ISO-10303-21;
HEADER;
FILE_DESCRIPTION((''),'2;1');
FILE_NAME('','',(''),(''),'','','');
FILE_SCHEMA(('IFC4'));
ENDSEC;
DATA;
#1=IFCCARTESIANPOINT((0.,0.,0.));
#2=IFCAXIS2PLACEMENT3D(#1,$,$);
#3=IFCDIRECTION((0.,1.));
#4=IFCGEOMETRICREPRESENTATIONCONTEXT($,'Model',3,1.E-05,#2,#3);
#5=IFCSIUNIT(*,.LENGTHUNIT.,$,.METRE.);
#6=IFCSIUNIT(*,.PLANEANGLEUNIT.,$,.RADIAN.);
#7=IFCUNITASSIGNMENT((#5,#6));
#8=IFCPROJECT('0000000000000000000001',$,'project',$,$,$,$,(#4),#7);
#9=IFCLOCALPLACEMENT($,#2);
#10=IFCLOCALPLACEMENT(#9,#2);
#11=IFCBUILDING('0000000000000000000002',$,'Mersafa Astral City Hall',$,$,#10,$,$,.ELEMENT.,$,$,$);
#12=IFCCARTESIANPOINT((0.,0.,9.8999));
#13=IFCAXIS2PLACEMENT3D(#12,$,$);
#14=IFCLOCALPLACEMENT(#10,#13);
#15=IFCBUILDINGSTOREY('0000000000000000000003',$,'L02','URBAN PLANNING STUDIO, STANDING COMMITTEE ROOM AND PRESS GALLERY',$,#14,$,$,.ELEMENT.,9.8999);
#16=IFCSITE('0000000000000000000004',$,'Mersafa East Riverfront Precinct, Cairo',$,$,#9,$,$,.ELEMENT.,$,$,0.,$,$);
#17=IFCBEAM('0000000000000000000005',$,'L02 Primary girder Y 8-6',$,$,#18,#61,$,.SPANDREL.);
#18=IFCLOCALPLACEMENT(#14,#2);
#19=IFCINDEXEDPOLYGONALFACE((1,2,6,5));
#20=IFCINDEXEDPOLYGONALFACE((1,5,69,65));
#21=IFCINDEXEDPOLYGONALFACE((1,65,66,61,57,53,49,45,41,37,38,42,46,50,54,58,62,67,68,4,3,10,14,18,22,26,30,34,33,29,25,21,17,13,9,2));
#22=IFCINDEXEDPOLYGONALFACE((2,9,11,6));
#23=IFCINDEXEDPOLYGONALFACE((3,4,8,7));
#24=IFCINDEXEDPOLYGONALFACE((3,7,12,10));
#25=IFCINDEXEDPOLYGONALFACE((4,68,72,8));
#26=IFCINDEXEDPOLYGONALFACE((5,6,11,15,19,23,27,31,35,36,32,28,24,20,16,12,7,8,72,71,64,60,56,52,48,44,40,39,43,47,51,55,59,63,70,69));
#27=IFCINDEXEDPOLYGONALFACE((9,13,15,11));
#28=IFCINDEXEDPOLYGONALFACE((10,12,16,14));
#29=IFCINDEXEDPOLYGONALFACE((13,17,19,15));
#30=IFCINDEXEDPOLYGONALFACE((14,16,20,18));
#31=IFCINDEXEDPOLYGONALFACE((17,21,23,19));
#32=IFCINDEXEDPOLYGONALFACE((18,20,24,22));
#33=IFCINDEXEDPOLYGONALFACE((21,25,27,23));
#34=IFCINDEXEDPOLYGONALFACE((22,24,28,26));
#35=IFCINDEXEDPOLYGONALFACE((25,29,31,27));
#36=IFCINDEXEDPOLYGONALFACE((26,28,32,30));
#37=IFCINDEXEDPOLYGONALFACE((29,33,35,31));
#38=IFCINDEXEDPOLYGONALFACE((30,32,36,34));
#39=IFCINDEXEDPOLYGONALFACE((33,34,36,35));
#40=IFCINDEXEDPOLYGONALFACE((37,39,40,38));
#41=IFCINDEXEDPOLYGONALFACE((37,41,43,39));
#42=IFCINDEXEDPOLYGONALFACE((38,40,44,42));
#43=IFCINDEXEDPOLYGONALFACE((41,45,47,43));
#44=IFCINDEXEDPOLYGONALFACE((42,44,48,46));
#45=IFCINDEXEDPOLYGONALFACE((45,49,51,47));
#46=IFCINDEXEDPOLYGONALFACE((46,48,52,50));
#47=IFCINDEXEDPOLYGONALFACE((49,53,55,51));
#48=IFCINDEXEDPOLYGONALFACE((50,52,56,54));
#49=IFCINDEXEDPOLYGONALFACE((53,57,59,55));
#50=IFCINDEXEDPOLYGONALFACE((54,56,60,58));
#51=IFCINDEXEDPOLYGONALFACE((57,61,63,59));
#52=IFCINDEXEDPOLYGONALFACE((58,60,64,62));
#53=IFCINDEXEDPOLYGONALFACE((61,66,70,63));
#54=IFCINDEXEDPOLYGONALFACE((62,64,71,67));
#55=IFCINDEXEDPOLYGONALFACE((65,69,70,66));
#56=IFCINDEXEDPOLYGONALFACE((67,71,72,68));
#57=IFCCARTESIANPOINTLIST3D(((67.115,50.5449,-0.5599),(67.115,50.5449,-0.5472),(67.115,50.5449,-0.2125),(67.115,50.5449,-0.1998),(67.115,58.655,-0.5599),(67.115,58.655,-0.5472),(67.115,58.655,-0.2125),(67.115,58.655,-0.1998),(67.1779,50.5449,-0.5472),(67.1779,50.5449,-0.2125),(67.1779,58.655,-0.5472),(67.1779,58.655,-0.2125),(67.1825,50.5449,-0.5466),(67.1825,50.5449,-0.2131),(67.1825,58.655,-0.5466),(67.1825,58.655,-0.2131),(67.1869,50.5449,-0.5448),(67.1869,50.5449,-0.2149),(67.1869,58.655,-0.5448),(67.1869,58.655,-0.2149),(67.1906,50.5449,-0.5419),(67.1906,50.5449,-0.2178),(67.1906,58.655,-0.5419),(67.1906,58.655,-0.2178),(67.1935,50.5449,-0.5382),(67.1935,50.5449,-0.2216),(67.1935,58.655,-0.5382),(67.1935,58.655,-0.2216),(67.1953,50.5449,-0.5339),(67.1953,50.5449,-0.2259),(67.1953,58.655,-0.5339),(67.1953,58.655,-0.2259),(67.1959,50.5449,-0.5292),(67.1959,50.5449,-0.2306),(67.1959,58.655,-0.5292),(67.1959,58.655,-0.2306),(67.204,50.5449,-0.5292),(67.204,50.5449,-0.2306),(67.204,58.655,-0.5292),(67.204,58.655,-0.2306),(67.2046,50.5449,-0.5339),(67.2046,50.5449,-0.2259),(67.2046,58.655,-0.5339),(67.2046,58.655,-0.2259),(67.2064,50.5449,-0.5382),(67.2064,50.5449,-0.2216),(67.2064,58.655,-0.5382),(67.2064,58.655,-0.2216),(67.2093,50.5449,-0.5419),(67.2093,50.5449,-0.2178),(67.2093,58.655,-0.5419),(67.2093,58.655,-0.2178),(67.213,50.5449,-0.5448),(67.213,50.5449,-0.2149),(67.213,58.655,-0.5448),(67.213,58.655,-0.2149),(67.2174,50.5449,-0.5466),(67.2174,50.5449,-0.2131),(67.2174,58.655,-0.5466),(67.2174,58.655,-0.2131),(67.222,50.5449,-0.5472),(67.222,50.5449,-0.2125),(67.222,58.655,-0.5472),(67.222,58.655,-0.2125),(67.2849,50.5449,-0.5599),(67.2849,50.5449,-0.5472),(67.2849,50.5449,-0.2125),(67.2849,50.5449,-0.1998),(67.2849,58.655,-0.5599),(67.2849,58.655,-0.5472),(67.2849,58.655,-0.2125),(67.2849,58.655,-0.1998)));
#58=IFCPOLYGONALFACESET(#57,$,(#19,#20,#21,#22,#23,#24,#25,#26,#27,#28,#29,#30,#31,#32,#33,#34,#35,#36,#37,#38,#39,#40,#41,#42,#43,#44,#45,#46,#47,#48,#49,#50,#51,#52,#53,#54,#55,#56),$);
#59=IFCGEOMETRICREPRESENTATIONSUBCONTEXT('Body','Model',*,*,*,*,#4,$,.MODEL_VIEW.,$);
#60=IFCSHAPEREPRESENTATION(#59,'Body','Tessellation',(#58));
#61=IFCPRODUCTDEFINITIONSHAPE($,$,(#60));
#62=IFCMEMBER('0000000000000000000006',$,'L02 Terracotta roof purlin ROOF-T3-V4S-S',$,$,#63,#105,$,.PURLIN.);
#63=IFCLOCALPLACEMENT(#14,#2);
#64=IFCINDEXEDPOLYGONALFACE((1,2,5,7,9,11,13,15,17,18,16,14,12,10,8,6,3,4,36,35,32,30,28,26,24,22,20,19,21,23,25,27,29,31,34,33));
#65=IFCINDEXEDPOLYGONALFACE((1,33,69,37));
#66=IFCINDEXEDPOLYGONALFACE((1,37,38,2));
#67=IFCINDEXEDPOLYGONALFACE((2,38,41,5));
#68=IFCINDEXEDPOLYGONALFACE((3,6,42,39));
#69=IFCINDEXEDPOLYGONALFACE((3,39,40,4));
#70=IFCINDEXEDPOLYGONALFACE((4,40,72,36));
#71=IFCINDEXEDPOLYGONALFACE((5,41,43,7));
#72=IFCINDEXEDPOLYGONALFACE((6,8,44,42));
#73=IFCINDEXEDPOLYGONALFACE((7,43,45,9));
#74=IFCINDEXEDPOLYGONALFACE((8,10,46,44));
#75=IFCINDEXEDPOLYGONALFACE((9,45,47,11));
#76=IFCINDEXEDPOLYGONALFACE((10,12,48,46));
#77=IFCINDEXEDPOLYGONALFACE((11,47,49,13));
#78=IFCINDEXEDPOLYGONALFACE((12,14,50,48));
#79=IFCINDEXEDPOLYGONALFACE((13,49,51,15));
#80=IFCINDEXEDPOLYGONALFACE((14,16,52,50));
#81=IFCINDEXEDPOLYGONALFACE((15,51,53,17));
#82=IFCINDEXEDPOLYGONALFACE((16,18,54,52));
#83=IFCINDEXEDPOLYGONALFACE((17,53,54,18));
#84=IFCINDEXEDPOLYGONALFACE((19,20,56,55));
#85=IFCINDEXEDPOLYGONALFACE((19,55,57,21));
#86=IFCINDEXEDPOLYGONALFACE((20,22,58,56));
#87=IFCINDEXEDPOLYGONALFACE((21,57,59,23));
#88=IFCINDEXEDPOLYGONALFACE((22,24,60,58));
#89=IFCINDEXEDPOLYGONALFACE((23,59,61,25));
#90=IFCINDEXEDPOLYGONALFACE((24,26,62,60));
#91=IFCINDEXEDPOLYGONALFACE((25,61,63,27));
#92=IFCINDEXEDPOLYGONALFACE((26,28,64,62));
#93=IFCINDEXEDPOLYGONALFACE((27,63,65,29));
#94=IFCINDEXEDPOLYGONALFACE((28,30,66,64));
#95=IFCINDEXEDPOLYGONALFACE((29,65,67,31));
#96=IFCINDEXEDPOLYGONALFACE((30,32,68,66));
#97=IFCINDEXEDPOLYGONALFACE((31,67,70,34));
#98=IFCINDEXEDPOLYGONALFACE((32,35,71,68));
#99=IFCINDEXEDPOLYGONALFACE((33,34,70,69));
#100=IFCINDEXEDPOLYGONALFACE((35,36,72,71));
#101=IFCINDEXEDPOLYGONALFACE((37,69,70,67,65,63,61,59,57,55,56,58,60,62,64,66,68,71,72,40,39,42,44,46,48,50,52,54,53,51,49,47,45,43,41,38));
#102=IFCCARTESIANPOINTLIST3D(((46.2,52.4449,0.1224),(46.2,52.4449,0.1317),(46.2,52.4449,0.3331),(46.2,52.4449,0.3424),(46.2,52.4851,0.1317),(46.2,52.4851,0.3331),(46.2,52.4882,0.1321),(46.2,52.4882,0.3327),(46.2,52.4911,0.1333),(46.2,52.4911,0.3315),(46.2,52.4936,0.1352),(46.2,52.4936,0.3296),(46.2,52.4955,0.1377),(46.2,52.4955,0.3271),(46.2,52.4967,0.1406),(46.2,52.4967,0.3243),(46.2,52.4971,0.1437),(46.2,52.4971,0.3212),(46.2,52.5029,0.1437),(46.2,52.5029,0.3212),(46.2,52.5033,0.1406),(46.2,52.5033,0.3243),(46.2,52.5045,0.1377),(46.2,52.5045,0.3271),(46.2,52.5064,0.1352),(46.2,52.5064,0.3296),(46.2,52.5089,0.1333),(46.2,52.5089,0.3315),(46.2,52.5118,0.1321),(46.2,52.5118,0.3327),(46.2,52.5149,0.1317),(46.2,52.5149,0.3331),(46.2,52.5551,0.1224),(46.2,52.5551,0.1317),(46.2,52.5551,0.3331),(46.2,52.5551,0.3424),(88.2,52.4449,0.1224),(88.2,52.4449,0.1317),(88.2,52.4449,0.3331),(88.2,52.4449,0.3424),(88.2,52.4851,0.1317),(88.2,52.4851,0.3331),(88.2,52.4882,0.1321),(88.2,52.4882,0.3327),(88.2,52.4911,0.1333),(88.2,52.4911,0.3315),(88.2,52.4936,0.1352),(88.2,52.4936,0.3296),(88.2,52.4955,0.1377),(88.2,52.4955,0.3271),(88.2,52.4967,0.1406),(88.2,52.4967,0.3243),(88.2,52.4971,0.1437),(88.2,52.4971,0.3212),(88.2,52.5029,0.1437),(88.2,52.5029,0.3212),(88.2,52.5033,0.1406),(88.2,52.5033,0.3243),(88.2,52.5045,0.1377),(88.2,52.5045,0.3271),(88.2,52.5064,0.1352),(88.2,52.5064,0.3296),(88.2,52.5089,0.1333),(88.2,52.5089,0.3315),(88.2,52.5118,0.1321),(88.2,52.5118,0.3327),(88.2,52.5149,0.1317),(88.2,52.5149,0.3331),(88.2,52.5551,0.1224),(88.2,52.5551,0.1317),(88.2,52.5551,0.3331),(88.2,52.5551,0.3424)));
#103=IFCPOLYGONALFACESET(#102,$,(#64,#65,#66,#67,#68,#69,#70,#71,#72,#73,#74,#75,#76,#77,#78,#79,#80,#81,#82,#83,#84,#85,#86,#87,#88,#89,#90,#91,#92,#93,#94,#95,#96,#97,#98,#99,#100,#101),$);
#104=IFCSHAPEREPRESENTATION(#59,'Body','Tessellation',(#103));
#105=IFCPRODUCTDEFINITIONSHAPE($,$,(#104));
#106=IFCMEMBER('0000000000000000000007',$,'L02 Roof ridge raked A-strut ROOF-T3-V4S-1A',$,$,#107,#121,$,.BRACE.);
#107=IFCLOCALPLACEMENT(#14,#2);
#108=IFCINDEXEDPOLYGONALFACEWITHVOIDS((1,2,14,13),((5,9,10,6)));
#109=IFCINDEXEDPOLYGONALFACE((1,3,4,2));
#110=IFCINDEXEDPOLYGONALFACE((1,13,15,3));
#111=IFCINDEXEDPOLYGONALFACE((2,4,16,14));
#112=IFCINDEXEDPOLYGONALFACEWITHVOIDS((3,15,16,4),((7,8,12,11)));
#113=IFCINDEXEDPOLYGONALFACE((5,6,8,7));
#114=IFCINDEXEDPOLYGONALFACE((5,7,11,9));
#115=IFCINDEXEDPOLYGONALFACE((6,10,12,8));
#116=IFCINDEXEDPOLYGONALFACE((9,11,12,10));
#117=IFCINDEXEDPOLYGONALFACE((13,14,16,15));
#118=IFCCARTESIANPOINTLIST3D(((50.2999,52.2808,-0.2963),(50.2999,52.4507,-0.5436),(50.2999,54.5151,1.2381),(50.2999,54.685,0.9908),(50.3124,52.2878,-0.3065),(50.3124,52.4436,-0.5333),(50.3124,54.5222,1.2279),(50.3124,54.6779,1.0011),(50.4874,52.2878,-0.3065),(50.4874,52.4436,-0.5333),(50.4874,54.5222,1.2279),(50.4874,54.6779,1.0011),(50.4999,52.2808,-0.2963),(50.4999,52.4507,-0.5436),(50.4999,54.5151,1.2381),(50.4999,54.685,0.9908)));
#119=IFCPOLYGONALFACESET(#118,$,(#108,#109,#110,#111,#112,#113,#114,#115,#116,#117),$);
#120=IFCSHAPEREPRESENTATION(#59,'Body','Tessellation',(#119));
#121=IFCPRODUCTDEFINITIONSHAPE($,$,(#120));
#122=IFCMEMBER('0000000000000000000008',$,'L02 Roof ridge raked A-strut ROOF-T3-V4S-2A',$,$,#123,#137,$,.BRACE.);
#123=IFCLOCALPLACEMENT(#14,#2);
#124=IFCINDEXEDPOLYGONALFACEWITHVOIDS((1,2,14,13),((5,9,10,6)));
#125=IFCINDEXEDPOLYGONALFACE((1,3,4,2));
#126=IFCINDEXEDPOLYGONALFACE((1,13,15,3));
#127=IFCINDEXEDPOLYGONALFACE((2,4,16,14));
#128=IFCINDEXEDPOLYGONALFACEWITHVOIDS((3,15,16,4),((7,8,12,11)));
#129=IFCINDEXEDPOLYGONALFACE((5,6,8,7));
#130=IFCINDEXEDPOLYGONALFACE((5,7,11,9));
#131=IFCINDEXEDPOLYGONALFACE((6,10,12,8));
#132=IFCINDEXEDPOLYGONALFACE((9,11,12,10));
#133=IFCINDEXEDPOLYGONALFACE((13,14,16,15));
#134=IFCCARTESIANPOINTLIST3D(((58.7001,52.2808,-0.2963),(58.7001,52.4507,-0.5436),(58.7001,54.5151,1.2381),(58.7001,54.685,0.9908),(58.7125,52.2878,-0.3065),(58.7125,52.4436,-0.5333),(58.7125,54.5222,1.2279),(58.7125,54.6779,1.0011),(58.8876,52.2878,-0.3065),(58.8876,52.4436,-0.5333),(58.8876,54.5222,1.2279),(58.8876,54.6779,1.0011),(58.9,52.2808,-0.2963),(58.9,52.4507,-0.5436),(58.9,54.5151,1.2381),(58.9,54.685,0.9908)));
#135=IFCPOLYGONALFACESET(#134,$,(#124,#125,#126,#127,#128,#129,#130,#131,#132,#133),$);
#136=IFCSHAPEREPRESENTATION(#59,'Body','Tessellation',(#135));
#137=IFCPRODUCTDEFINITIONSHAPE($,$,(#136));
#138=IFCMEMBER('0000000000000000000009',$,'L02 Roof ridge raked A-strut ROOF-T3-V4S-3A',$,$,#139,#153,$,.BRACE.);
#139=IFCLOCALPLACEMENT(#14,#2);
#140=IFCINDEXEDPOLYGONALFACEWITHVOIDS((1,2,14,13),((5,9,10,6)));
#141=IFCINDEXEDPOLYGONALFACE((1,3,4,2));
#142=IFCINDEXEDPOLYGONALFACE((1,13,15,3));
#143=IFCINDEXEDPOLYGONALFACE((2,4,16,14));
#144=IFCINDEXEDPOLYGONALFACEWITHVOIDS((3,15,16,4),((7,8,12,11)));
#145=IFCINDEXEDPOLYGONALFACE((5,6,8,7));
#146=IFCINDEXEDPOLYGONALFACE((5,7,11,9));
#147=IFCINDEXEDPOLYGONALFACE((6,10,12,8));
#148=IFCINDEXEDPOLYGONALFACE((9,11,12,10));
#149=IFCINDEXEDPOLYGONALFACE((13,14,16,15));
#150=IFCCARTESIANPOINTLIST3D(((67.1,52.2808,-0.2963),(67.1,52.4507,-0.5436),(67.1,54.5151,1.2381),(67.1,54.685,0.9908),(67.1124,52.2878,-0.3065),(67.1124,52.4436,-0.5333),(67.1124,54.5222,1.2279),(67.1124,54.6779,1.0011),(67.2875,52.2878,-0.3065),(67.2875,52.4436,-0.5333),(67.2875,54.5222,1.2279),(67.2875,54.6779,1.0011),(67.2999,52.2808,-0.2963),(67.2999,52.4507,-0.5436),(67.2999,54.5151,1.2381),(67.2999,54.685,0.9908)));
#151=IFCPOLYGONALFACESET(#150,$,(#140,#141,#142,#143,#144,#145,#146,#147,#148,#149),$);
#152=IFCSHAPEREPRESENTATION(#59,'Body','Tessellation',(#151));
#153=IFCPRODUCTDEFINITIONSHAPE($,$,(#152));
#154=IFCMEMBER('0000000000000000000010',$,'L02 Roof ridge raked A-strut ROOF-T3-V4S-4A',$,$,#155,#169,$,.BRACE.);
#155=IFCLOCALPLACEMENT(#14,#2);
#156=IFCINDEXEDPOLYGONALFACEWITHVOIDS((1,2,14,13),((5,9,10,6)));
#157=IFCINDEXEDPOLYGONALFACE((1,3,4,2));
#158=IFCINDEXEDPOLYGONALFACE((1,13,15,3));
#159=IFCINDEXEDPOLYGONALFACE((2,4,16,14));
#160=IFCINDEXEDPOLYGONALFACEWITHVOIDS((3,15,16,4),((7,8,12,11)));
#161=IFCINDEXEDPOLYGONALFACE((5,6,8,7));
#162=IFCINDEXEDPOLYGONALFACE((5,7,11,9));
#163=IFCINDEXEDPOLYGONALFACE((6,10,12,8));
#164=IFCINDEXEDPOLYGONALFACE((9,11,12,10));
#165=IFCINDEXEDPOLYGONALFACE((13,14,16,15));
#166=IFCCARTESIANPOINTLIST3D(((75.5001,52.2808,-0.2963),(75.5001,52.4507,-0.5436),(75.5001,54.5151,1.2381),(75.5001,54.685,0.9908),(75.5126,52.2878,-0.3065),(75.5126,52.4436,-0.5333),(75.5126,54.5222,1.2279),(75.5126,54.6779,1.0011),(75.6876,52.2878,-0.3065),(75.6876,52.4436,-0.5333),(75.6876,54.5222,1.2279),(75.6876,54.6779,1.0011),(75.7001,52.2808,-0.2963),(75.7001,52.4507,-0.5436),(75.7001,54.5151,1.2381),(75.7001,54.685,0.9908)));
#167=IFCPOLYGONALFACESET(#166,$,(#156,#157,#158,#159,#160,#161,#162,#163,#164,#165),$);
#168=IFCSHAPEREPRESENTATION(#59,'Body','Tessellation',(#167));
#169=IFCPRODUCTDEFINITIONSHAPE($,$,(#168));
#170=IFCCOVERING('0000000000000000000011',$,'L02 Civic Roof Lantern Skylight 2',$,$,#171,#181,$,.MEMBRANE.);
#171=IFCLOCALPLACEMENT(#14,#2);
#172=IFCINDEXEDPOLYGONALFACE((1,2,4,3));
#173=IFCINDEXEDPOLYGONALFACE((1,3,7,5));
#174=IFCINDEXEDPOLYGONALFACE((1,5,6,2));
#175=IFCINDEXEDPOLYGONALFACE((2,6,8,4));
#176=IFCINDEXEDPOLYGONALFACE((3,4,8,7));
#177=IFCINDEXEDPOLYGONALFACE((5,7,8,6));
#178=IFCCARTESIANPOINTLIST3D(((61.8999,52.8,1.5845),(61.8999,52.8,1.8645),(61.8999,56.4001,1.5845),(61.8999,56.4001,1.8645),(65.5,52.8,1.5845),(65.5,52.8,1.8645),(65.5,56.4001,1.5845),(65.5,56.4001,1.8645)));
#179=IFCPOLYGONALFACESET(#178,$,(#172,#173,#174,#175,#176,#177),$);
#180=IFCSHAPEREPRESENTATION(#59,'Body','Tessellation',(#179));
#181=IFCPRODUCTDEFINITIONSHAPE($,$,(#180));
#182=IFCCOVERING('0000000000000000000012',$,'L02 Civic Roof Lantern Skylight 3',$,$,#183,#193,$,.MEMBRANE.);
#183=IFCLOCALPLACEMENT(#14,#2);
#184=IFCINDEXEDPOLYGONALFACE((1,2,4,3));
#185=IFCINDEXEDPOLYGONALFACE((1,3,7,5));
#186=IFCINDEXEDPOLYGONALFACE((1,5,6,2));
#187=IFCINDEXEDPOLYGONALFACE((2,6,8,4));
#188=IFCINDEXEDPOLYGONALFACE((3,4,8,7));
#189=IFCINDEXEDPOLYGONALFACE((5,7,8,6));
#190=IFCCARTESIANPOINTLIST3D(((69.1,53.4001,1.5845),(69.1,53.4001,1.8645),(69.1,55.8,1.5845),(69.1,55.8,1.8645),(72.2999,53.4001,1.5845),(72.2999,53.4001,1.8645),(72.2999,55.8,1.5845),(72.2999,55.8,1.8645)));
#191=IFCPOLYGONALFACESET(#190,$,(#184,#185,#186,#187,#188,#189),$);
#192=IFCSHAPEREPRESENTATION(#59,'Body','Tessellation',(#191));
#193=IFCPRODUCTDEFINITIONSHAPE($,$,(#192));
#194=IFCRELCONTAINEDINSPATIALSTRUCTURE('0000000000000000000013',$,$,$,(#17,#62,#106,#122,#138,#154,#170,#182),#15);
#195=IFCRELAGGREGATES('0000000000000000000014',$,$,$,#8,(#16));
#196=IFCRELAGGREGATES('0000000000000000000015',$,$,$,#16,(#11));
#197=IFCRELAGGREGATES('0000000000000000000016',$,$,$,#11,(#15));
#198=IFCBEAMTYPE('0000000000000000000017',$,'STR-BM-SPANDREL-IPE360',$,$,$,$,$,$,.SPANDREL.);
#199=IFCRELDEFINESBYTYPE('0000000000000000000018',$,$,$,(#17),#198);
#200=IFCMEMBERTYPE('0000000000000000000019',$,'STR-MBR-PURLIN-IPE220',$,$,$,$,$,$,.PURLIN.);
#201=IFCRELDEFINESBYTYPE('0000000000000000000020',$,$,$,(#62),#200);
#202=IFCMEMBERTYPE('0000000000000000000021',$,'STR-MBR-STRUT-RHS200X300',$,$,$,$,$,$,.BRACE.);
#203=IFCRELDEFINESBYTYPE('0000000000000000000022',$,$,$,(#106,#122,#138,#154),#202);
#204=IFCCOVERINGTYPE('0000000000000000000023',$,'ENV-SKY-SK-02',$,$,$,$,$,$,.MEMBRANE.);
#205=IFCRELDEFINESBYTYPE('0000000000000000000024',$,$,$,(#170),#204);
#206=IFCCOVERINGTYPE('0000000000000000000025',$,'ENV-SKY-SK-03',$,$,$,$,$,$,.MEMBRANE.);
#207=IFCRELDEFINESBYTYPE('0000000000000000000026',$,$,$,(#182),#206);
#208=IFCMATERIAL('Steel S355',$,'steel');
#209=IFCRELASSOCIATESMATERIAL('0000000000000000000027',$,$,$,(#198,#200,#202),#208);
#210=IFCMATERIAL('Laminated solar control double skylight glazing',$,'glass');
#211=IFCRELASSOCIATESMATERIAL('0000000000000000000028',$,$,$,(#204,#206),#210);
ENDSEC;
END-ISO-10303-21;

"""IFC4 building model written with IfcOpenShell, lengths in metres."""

from ifc_helpers import new_model, si_unit, direction, frame, origin, origin_2d, place, context, subcontext, project, spatial, rectangle, hollow_rectangle, i_section, extrude, material, material_profile, profile_set, type_object, element, save


model = new_model("IFC4")

# Units and contexts
model_context = context("Model", 3, precision=1e-05, world=origin(), true_north=direction((0.0, 1.0)))
body_context = subcontext(model_context, "Body", "Model", "MODEL_VIEW")
ifc_project = project(units=[si_unit("LENGTHUNIT", "METRE"), si_unit("PLANEANGLEUNIT", "RADIAN")], contexts=[model_context])

# Site, building, storey
site_placement = place(None, origin())
site = spatial("IfcSite", under=ifc_project, at=site_placement, Name="Mersafa East Riverfront Precinct, Cairo", CompositionType="ELEMENT", RefElevation=0.0)
building_placement = place(site_placement, origin())
building = spatial("IfcBuilding", under=site, at=building_placement, Name="Mersafa Astral City Hall", CompositionType="ELEMENT")
storey_placement = place(building_placement, frame((0.0, 0.0, 9.8999)))
storey = spatial("IfcBuildingStorey", under=building, at=storey_placement, Name="L02", Description="URBAN PLANNING STUDIO, STANDING COMMITTEE ROOM AND PRESS GALLERY", CompositionType="ELEMENT", Elevation=9.8999)

# Beam
ifc_material_1 = material(Name="Steel S355", Category="steel")
ifc_material_profile_1 = material_profile(ifc_material_1, i_section(OverallWidth=0.1699, OverallDepth=0.3601, WebThickness=0.0081, FlangeThickness=0.0127, FilletRadius=0.0181, at=origin_2d()), Name="IPE 360")
ifc_profile_set_1 = profile_set([ifc_material_profile_1], Name="Steel S355")
beam_type_1 = type_object("IfcBeamType", Name="STR-BM-SPANDREL-IPE360", PredefinedType="SPANDREL", material=ifc_profile_set_1)
for number, where, z_axis, x_axis, name in (
    (1, (67.2, 50.5449, -0.3799), (0.0, 1.0, 0.0), (-1.0, 0.0, 0.0), "L02 Primary girder Y 8-6"),
):
    element("IfcBeam", number, at=place(storey_placement, frame(where, z_axis=z_axis, x_axis=x_axis)), inside=storey, type_object=beam_type_1, Name=name, PredefinedType="SPANDREL", context=body_context, shape_type="SweptSolid", body=[
        extrude(i_section(OverallWidth=0.1699, OverallDepth=0.3601, WebThickness=0.0081, FlangeThickness=0.0127, FilletRadius=0.0181, at=origin_2d()), origin(), (0.0, 0.0, 1.0), 8.1101),
    ])

# Members
ifc_material_profile_2 = material_profile(ifc_material_1, i_section(OverallWidth=0.1101, OverallDepth=0.22, WebThickness=0.0059, FlangeThickness=0.0093, FilletRadius=0.012, at=origin_2d()), Name="IPE 220")
ifc_profile_set_2 = profile_set([ifc_material_profile_2], Name="Steel S355")
member_type_1 = type_object("IfcMemberType", Name="STR-MBR-PURLIN-IPE220", PredefinedType="PURLIN", material=ifc_profile_set_2)
member_placement = place(storey_placement, frame((46.2, 52.5, 0.2324), z_axis=(1.0, 0.0, 0.0), x_axis=(0.0, 1.0, 0.0)))
element("IfcMember", 2, at=member_placement, inside=storey, type_object=member_type_1, Name="L02 Terracotta roof purlin ROOF-T3-V4S-S", PredefinedType="PURLIN", context=body_context, shape_type="SweptSolid", body=[
    extrude(i_section(OverallWidth=0.1101, OverallDepth=0.22, WebThickness=0.0059, FlangeThickness=0.0093, FilletRadius=0.012, at=origin_2d()), origin(), (0.0, 0.0, 1.0), 42.0),
])
ifc_material_profile_3 = material_profile(ifc_material_1, hollow_rectangle(XDim=0.2, YDim=0.3, WallThickness=0.0125, at=origin_2d()), Name="RHS 200x300x12.5")
ifc_profile_set_3 = profile_set([ifc_material_profile_3], Name="Steel S355")
member_type_2 = type_object("IfcMemberType", Name="STR-MBR-STRUT-RHS200X300", PredefinedType="BRACE", material=ifc_profile_set_3)
for number, where, z_axis, x_axis, name in (
    (3, (50.3999, 52.3657, -0.4199), (0.0, 0.824336, 0.566101), (-1.0, 0.0, 0.0), "L02 Roof ridge raked A-strut ROOF-T3-V4S-1A"),
    (4, (58.8, 52.3657, -0.4199), (0.0, 0.824336, 0.566101), (-1.0, 0.0, 0.0), "L02 Roof ridge raked A-strut ROOF-T3-V4S-2A"),
    (5, (67.2, 52.3657, -0.4199), (0.0, 0.824336, 0.566101), (-1.0, 0.0, 0.0), "L02 Roof ridge raked A-strut ROOF-T3-V4S-3A"),
    (6, (75.6001, 52.3657, -0.4199), (0.0, 0.824336, 0.566101), (-1.0, 0.0, 0.0), "L02 Roof ridge raked A-strut ROOF-T3-V4S-4A"),
):
    element("IfcMember", number, at=place(storey_placement, frame(where, z_axis=z_axis, x_axis=x_axis)), inside=storey, type_object=member_type_2, Name=name, PredefinedType="BRACE", context=body_context, shape_type="SweptSolid", body=[
        extrude(hollow_rectangle(XDim=0.2, YDim=0.3, WallThickness=0.0125, at=origin_2d()), origin(), (0.0, 0.0, 1.0), 2.7104),
    ])

# Coverings
ifc_material_2 = material(Name="Laminated solar control double skylight glazing", Category="glass")
covering_type_1 = type_object("IfcCoveringType", Name="ENV-SKY-SK-02", PredefinedType="MEMBRANE", material=ifc_material_2)
covering_1_placement = place(storey_placement, frame((63.7, 54.6001, 1.5845), z_axis=(0.0, 0.0, 1.0), x_axis=(1.0, 0.0, 0.0)))
element("IfcCovering", 7, at=covering_1_placement, inside=storey, type_object=covering_type_1, Name="L02 Civic Roof Lantern Skylight 2", PredefinedType="MEMBRANE", context=body_context, shape_type="SweptSolid", body=[
    extrude(rectangle(XDim=3.6001, YDim=3.6001, at=origin_2d()), origin(), (0.0, 0.0, 1.0), 0.28),
])
covering_type_2 = type_object("IfcCoveringType", Name="ENV-SKY-SK-03", PredefinedType="MEMBRANE", material=ifc_material_2)
covering_2_placement = place(storey_placement, frame((70.7, 54.6001, 1.5845), z_axis=(0.0, 0.0, 1.0), x_axis=(1.0, 0.0, 0.0)))
element("IfcCovering", 8, at=covering_2_placement, inside=storey, type_object=covering_type_2, Name="L02 Civic Roof Lantern Skylight 3", PredefinedType="MEMBRANE", context=body_context, shape_type="SweptSolid", body=[
    extrude(rectangle(XDim=3.2, YDim=2.3999, at=origin_2d()), origin(), (0.0, 0.0, 1.0), 0.28),
])

save(model, "model.ifc")
